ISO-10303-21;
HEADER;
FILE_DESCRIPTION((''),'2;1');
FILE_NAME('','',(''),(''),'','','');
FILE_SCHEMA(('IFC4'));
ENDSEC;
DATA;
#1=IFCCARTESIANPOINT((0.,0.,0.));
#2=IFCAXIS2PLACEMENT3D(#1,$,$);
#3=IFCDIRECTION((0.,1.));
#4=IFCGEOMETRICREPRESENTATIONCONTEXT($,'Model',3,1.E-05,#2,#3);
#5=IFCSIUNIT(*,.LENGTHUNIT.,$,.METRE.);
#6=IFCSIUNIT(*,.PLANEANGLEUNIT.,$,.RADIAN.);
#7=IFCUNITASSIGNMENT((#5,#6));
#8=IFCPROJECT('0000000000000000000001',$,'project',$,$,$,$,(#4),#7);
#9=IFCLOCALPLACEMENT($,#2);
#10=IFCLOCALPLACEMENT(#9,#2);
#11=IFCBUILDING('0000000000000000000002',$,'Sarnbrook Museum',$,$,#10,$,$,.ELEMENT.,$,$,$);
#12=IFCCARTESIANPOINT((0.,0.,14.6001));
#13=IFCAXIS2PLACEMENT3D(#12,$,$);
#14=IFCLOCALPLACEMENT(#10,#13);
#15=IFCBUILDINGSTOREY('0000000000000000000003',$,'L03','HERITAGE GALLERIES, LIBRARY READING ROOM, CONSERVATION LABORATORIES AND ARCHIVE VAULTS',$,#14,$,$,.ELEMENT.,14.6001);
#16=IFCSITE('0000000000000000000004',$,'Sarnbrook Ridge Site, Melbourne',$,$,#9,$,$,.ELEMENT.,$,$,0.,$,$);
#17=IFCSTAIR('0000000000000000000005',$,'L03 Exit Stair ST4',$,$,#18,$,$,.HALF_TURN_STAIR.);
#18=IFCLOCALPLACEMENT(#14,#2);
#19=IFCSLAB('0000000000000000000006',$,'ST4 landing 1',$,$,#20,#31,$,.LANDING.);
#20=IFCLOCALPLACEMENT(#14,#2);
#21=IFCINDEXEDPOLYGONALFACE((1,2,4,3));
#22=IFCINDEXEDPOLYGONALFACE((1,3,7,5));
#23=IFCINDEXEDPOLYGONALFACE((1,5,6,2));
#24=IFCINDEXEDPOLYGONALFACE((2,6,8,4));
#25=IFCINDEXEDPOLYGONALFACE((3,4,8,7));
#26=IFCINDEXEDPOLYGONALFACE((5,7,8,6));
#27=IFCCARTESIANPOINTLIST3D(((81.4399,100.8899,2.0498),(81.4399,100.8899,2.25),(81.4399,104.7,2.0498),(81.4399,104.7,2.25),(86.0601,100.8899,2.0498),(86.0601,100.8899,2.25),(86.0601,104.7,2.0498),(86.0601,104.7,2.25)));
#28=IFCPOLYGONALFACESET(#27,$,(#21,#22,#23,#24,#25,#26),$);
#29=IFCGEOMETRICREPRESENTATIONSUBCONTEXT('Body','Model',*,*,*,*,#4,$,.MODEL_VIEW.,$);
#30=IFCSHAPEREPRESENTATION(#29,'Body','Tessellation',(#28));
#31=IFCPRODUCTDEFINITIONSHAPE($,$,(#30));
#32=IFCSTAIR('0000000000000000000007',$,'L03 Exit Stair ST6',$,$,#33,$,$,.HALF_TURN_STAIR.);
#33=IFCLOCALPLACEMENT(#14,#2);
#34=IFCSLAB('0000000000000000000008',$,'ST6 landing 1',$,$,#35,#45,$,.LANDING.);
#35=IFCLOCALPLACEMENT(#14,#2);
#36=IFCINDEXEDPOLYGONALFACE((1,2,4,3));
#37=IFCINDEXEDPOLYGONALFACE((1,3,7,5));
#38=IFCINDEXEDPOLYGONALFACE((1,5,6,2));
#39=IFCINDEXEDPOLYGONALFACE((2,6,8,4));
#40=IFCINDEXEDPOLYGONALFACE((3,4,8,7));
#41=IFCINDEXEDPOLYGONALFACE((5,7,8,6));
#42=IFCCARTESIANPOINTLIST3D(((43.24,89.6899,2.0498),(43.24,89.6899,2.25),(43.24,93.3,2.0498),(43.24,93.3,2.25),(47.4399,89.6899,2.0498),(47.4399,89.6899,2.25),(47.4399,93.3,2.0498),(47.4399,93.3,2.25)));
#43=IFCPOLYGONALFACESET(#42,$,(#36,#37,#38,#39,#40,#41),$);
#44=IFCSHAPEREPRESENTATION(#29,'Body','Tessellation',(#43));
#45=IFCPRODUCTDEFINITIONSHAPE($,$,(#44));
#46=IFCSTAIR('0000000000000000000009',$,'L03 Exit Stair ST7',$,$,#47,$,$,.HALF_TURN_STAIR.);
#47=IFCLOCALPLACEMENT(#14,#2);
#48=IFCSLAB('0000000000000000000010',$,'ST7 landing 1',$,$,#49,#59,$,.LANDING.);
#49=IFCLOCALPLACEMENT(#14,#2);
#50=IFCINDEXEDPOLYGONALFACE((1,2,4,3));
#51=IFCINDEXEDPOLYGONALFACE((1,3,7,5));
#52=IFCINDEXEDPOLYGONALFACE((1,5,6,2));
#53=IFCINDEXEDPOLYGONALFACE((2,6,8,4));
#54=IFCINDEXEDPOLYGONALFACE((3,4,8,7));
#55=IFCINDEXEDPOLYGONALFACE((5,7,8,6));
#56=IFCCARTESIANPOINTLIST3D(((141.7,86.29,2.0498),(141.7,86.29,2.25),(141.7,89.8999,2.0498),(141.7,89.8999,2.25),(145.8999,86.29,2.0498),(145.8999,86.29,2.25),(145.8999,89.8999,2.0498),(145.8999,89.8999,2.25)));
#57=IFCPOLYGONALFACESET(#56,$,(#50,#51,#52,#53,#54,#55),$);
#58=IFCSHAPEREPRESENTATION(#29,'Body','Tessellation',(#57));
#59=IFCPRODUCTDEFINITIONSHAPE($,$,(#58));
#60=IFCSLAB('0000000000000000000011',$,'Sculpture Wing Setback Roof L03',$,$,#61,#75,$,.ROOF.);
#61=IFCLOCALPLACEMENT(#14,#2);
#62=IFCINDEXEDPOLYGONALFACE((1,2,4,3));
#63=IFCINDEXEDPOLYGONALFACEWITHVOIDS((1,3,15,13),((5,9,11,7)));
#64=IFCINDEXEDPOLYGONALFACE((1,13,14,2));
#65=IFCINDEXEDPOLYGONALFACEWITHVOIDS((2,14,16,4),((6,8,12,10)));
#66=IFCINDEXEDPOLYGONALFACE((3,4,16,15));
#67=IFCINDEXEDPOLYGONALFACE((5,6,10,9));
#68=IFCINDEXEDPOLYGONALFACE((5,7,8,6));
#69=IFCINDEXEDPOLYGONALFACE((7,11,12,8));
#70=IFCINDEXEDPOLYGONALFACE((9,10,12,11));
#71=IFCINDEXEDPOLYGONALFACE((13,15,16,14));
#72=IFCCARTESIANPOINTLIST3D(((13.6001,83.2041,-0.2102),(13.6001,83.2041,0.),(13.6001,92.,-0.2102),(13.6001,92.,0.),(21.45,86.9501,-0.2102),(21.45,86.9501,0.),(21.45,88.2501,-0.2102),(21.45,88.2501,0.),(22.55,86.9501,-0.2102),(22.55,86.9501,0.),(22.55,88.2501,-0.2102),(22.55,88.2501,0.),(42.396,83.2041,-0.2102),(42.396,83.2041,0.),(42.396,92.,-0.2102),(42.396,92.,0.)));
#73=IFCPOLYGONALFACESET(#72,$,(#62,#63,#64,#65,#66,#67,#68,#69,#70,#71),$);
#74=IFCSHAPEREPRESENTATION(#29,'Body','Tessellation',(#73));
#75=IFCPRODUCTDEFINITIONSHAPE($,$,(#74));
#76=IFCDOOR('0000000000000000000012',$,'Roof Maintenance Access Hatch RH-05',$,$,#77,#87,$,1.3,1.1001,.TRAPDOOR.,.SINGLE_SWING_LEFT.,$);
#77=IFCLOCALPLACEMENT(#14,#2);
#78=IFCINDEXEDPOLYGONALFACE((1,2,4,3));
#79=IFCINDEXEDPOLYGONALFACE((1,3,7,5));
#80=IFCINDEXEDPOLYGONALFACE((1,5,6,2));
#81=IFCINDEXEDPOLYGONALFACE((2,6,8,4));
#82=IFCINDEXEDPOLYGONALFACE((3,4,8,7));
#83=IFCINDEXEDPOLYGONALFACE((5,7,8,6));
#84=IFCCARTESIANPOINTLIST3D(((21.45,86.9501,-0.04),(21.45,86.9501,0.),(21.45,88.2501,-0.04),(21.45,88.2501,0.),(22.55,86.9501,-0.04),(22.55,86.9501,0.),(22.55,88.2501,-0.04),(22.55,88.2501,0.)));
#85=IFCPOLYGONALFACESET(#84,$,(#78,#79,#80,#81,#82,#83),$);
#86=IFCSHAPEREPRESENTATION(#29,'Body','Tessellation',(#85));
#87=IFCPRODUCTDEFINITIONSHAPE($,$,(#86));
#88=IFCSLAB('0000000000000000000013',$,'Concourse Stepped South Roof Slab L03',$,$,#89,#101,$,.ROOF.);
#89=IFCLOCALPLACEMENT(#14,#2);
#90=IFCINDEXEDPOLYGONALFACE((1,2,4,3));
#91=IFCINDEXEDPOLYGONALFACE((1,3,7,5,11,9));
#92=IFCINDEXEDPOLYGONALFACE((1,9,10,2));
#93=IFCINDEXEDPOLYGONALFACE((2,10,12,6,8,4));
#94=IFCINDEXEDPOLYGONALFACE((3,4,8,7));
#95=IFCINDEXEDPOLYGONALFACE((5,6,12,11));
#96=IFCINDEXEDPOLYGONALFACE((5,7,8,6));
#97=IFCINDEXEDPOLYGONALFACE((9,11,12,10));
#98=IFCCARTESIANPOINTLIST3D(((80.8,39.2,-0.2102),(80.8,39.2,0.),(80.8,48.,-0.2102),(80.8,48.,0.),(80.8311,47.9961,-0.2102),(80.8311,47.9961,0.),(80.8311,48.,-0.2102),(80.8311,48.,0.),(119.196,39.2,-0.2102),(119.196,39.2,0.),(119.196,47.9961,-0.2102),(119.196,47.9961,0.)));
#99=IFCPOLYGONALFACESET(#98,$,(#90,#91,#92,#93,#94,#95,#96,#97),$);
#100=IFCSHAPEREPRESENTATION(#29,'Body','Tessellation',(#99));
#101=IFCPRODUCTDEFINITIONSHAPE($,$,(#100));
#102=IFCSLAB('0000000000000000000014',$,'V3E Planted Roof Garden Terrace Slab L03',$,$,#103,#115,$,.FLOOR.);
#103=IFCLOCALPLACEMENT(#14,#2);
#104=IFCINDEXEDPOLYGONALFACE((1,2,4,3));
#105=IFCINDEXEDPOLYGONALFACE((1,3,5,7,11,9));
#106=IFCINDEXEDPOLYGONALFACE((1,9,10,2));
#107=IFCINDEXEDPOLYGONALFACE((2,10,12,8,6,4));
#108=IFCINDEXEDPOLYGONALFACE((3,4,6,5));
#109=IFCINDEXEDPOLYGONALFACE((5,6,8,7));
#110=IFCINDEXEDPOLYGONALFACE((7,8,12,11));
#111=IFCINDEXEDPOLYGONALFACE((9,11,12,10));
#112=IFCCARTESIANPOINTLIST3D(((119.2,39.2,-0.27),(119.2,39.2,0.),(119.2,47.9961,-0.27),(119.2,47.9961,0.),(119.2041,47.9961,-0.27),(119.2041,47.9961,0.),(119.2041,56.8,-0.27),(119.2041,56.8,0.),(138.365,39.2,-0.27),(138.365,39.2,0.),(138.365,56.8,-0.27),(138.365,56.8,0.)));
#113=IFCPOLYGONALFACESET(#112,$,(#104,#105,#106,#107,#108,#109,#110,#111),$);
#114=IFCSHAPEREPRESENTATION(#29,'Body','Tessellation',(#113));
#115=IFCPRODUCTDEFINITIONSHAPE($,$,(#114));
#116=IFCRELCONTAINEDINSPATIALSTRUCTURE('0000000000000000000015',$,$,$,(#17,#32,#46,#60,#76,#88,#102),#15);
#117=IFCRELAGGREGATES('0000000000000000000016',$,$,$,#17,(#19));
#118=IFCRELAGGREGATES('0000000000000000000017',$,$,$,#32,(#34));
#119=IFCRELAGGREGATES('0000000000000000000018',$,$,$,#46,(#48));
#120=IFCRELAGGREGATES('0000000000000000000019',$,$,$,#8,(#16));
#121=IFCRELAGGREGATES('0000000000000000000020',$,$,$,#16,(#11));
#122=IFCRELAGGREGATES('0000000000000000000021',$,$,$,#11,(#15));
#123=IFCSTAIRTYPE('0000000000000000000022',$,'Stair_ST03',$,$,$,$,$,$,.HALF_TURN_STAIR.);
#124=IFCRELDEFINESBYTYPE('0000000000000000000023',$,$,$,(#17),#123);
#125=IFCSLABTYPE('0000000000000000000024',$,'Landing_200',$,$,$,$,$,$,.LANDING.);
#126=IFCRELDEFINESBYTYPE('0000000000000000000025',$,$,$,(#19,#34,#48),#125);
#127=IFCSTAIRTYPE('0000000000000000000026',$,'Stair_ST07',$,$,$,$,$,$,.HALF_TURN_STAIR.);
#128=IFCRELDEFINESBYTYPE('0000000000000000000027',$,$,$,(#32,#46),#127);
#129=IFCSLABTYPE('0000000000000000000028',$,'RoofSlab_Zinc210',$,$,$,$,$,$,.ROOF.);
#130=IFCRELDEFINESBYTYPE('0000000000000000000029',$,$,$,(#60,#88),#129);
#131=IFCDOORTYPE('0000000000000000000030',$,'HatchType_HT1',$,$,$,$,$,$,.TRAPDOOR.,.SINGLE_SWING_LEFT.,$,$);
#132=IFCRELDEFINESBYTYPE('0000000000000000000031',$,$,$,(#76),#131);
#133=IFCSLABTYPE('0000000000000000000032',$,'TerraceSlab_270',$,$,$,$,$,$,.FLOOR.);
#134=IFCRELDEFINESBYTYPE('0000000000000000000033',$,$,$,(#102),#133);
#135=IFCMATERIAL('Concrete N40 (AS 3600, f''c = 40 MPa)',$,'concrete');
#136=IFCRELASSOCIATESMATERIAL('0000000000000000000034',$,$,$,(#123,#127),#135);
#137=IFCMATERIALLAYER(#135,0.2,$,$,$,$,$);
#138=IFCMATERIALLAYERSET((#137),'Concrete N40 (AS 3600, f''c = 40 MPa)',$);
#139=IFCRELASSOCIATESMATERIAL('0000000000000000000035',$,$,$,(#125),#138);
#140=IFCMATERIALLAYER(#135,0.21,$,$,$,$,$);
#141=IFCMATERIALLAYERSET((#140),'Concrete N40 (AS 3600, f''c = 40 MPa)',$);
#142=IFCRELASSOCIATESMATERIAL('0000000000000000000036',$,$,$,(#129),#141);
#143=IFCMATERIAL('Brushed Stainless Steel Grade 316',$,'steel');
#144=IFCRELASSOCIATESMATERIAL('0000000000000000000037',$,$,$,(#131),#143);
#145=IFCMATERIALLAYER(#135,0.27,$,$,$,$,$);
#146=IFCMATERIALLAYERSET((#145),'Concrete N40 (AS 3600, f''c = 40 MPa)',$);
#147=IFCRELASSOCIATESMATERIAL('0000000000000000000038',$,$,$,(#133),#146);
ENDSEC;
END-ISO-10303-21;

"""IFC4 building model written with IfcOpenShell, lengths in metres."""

from ifc_helpers import new_model, si_unit, direction, frame, origin, origin_2d, place, context, subcontext, project, spatial, polyline, rectangle, outline, extrude, material, layer, layer_set, type_object, element, fill, aggregate, save


model = new_model("IFC4")

# Units and contexts
model_context = context("Model", 3, precision=1e-05, world=origin(), true_north=direction((0.0, 1.0)))
body_context = subcontext(model_context, "Body", "Model", "MODEL_VIEW")
ifc_project = project(units=[si_unit("LENGTHUNIT", "METRE"), si_unit("PLANEANGLEUNIT", "RADIAN")], contexts=[model_context])

# Site, building, storey
site_placement = place(None, origin())
site = spatial("IfcSite", under=ifc_project, at=site_placement, Name="Sarnbrook Ridge Site, Melbourne", CompositionType="ELEMENT", RefElevation=0.0)
building_placement = place(site_placement, origin())
building = spatial("IfcBuilding", under=site, at=building_placement, Name="Sarnbrook Museum", CompositionType="ELEMENT")
storey_placement = place(building_placement, frame((0.0, 0.0, 14.6001)))
storey = spatial("IfcBuildingStorey", under=building, at=storey_placement, Name="L03", Description="HERITAGE GALLERIES, LIBRARY READING ROOM, CONSERVATION LABORATORIES AND ARCHIVE VAULTS", CompositionType="ELEMENT", Elevation=14.6001)

# Shared definitions
ifc_material_1 = material(Name="Concrete N40 (AS 3600, f'c = 40 MPa)", Category="concrete")

# Stairs, slabs
stair_type_1 = type_object("IfcStairType", Name="Stair_ST03", PredefinedType="HALF_TURN_STAIR", material=ifc_material_1)
ifc_layer_1 = layer(ifc_material_1, 0.2)
ifc_layer_set_1 = layer_set([ifc_layer_1], Name="Concrete N40 (AS 3600, f'c = 40 MPa)")
slab_type_1 = type_object("IfcSlabType", Name="Landing_200", PredefinedType="LANDING", material=ifc_layer_set_1)
stair_1_placement = place(storey_placement, origin())
stair_1 = element("IfcStair", 1, at=stair_1_placement, inside=storey, type_object=stair_type_1, Name="L03 Exit Stair ST4", PredefinedType="HALF_TURN_STAIR")
slab_1_placement = place(storey_placement, frame((0.0, 0.0, 2.0498)))
slab_1 = element("IfcSlab", 2, at=slab_1_placement, type_object=slab_type_1, Name="ST4 landing 1", PredefinedType="LANDING", context=body_context, shape_type="SweptSolid", body=[
    extrude(outline(polyline([(86.0601, 100.8899), (86.0601, 104.7), (81.4399, 104.7), (81.4399, 100.8899), (86.0601, 100.8899)])), origin(), (0.0, 0.0, 1.0), 0.2002),
])
aggregate(stair_1, [slab_1])
stair_type_2 = type_object("IfcStairType", Name="Stair_ST07", PredefinedType="HALF_TURN_STAIR", material=ifc_material_1)
stair_2_placement = place(storey_placement, origin())
stair_2 = element("IfcStair", 3, at=stair_2_placement, inside=storey, type_object=stair_type_2, Name="L03 Exit Stair ST6", PredefinedType="HALF_TURN_STAIR")
slab_2_placement = place(storey_placement, frame((0.0, 0.0, 2.0498)))
slab_2 = element("IfcSlab", 4, at=slab_2_placement, type_object=slab_type_1, Name="ST6 landing 1", PredefinedType="LANDING", context=body_context, shape_type="SweptSolid", body=[
    extrude(outline(polyline([(47.4399, 89.6899), (47.4399, 93.3), (43.24, 93.3), (43.24, 89.6899), (47.4399, 89.6899)])), origin(), (0.0, 0.0, 1.0), 0.2002),
])
aggregate(stair_2, [slab_2])
stair_3_placement = place(storey_placement, origin())
stair_3 = element("IfcStair", 5, at=stair_3_placement, inside=storey, type_object=stair_type_2, Name="L03 Exit Stair ST7", PredefinedType="HALF_TURN_STAIR")
slab_3_placement = place(storey_placement, frame((0.0, 0.0, 2.0498)))
slab_3 = element("IfcSlab", 6, at=slab_3_placement, type_object=slab_type_1, Name="ST7 landing 1", PredefinedType="LANDING", context=body_context, shape_type="SweptSolid", body=[
    extrude(outline(polyline([(145.8999, 86.29), (145.8999, 89.8999), (141.7, 89.8999), (141.7, 86.29), (145.8999, 86.29)])), origin(), (0.0, 0.0, 1.0), 0.2002),
])
aggregate(stair_3, [slab_3])

# Slab, opening, door
ifc_layer_2 = layer(ifc_material_1, 0.21)
ifc_layer_set_2 = layer_set([ifc_layer_2], Name="Concrete N40 (AS 3600, f'c = 40 MPa)")
slab_type_2 = type_object("IfcSlabType", Name="RoofSlab_Zinc210", PredefinedType="ROOF", material=ifc_layer_set_2)
slab_4_placement = place(storey_placement, frame((0.0, 0.0, -0.2102)))
slab_4 = element("IfcSlab", 7, at=slab_4_placement, inside=storey, type_object=slab_type_2, Name="Sculpture Wing Setback Roof L03", PredefinedType="ROOF", context=body_context, shape_type="SweptSolid", body=[
    extrude(outline(polyline([(13.6001, 92.0), (42.396, 92.0), (42.396, 83.2041), (13.6001, 83.2041), (13.6001, 92.0)])), origin(), (0.0, 0.0, 1.0), 0.2102),
])
opening_placement = place(slab_4_placement, frame((22.0, 87.6001, -0.01)))
opening = element("IfcOpeningElement", 8, at=opening_placement, cuts=slab_4, PredefinedType="OPENING", context=body_context, shape_type="SweptSolid", body=[
    extrude(rectangle(XDim=1.1001, YDim=1.3, at=origin_2d()), origin(), (0.0, 0.0, 1.0), 0.2302),
])
ifc_material_2 = material(Name="Brushed Stainless Steel Grade 316", Category="steel")
door_type = type_object("IfcDoorType", Name="HatchType_HT1", OperationType="SINGLE_SWING_LEFT", PredefinedType="TRAPDOOR", material=ifc_material_2)
door_placement = place(opening_placement, frame((0.0, 0.0, 0.1802)))
door = element("IfcDoor", 9, at=door_placement, inside=storey, type_object=door_type, Name="Roof Maintenance Access Hatch RH-05", OperationType="SINGLE_SWING_LEFT", OverallHeight=1.3, OverallWidth=1.1001, PredefinedType="TRAPDOOR", context=body_context, shape_type="SweptSolid", body=[
    extrude(rectangle(XDim=1.1001, YDim=1.3, at=origin_2d()), origin(), (0.0, 0.0, 1.0), 0.04),
])
fill(opening, door)

# Slabs
slab_5_placement = place(storey_placement, frame((0.0, 0.0, -0.2102)))
element("IfcSlab", 10, at=slab_5_placement, inside=storey, type_object=slab_type_2, Name="Concourse Stepped South Roof Slab L03", PredefinedType="ROOF", context=body_context, shape_type="SweptSolid", body=[
    extrude(outline(polyline([(80.8, 39.2), (80.8, 48.0), (80.8311, 48.0), (80.8311, 47.9961), (119.196, 47.9961), (119.196, 39.2), (80.8, 39.2)])), origin(), (0.0, 0.0, 1.0), 0.2102),
])
ifc_layer_3 = layer(ifc_material_1, 0.27)
ifc_layer_set_3 = layer_set([ifc_layer_3], Name="Concrete N40 (AS 3600, f'c = 40 MPa)")
slab_type_3 = type_object("IfcSlabType", Name="TerraceSlab_270", PredefinedType="FLOOR", material=ifc_layer_set_3)
slab_6_placement = place(storey_placement, frame((0.0, 0.0, -0.27)))
element("IfcSlab", 11, at=slab_6_placement, inside=storey, type_object=slab_type_3, Name="V3E Planted Roof Garden Terrace Slab L03", PredefinedType="FLOOR", context=body_context, shape_type="SweptSolid", body=[
    extrude(outline(polyline([(119.2, 47.9961), (119.2041, 47.9961), (119.2041, 56.8), (138.365, 56.8), (138.365, 39.2), (119.2, 39.2), (119.2, 47.9961)])), origin(), (0.0, 0.0, 1.0), 0.27),
])

save(model, "model.ifc")
